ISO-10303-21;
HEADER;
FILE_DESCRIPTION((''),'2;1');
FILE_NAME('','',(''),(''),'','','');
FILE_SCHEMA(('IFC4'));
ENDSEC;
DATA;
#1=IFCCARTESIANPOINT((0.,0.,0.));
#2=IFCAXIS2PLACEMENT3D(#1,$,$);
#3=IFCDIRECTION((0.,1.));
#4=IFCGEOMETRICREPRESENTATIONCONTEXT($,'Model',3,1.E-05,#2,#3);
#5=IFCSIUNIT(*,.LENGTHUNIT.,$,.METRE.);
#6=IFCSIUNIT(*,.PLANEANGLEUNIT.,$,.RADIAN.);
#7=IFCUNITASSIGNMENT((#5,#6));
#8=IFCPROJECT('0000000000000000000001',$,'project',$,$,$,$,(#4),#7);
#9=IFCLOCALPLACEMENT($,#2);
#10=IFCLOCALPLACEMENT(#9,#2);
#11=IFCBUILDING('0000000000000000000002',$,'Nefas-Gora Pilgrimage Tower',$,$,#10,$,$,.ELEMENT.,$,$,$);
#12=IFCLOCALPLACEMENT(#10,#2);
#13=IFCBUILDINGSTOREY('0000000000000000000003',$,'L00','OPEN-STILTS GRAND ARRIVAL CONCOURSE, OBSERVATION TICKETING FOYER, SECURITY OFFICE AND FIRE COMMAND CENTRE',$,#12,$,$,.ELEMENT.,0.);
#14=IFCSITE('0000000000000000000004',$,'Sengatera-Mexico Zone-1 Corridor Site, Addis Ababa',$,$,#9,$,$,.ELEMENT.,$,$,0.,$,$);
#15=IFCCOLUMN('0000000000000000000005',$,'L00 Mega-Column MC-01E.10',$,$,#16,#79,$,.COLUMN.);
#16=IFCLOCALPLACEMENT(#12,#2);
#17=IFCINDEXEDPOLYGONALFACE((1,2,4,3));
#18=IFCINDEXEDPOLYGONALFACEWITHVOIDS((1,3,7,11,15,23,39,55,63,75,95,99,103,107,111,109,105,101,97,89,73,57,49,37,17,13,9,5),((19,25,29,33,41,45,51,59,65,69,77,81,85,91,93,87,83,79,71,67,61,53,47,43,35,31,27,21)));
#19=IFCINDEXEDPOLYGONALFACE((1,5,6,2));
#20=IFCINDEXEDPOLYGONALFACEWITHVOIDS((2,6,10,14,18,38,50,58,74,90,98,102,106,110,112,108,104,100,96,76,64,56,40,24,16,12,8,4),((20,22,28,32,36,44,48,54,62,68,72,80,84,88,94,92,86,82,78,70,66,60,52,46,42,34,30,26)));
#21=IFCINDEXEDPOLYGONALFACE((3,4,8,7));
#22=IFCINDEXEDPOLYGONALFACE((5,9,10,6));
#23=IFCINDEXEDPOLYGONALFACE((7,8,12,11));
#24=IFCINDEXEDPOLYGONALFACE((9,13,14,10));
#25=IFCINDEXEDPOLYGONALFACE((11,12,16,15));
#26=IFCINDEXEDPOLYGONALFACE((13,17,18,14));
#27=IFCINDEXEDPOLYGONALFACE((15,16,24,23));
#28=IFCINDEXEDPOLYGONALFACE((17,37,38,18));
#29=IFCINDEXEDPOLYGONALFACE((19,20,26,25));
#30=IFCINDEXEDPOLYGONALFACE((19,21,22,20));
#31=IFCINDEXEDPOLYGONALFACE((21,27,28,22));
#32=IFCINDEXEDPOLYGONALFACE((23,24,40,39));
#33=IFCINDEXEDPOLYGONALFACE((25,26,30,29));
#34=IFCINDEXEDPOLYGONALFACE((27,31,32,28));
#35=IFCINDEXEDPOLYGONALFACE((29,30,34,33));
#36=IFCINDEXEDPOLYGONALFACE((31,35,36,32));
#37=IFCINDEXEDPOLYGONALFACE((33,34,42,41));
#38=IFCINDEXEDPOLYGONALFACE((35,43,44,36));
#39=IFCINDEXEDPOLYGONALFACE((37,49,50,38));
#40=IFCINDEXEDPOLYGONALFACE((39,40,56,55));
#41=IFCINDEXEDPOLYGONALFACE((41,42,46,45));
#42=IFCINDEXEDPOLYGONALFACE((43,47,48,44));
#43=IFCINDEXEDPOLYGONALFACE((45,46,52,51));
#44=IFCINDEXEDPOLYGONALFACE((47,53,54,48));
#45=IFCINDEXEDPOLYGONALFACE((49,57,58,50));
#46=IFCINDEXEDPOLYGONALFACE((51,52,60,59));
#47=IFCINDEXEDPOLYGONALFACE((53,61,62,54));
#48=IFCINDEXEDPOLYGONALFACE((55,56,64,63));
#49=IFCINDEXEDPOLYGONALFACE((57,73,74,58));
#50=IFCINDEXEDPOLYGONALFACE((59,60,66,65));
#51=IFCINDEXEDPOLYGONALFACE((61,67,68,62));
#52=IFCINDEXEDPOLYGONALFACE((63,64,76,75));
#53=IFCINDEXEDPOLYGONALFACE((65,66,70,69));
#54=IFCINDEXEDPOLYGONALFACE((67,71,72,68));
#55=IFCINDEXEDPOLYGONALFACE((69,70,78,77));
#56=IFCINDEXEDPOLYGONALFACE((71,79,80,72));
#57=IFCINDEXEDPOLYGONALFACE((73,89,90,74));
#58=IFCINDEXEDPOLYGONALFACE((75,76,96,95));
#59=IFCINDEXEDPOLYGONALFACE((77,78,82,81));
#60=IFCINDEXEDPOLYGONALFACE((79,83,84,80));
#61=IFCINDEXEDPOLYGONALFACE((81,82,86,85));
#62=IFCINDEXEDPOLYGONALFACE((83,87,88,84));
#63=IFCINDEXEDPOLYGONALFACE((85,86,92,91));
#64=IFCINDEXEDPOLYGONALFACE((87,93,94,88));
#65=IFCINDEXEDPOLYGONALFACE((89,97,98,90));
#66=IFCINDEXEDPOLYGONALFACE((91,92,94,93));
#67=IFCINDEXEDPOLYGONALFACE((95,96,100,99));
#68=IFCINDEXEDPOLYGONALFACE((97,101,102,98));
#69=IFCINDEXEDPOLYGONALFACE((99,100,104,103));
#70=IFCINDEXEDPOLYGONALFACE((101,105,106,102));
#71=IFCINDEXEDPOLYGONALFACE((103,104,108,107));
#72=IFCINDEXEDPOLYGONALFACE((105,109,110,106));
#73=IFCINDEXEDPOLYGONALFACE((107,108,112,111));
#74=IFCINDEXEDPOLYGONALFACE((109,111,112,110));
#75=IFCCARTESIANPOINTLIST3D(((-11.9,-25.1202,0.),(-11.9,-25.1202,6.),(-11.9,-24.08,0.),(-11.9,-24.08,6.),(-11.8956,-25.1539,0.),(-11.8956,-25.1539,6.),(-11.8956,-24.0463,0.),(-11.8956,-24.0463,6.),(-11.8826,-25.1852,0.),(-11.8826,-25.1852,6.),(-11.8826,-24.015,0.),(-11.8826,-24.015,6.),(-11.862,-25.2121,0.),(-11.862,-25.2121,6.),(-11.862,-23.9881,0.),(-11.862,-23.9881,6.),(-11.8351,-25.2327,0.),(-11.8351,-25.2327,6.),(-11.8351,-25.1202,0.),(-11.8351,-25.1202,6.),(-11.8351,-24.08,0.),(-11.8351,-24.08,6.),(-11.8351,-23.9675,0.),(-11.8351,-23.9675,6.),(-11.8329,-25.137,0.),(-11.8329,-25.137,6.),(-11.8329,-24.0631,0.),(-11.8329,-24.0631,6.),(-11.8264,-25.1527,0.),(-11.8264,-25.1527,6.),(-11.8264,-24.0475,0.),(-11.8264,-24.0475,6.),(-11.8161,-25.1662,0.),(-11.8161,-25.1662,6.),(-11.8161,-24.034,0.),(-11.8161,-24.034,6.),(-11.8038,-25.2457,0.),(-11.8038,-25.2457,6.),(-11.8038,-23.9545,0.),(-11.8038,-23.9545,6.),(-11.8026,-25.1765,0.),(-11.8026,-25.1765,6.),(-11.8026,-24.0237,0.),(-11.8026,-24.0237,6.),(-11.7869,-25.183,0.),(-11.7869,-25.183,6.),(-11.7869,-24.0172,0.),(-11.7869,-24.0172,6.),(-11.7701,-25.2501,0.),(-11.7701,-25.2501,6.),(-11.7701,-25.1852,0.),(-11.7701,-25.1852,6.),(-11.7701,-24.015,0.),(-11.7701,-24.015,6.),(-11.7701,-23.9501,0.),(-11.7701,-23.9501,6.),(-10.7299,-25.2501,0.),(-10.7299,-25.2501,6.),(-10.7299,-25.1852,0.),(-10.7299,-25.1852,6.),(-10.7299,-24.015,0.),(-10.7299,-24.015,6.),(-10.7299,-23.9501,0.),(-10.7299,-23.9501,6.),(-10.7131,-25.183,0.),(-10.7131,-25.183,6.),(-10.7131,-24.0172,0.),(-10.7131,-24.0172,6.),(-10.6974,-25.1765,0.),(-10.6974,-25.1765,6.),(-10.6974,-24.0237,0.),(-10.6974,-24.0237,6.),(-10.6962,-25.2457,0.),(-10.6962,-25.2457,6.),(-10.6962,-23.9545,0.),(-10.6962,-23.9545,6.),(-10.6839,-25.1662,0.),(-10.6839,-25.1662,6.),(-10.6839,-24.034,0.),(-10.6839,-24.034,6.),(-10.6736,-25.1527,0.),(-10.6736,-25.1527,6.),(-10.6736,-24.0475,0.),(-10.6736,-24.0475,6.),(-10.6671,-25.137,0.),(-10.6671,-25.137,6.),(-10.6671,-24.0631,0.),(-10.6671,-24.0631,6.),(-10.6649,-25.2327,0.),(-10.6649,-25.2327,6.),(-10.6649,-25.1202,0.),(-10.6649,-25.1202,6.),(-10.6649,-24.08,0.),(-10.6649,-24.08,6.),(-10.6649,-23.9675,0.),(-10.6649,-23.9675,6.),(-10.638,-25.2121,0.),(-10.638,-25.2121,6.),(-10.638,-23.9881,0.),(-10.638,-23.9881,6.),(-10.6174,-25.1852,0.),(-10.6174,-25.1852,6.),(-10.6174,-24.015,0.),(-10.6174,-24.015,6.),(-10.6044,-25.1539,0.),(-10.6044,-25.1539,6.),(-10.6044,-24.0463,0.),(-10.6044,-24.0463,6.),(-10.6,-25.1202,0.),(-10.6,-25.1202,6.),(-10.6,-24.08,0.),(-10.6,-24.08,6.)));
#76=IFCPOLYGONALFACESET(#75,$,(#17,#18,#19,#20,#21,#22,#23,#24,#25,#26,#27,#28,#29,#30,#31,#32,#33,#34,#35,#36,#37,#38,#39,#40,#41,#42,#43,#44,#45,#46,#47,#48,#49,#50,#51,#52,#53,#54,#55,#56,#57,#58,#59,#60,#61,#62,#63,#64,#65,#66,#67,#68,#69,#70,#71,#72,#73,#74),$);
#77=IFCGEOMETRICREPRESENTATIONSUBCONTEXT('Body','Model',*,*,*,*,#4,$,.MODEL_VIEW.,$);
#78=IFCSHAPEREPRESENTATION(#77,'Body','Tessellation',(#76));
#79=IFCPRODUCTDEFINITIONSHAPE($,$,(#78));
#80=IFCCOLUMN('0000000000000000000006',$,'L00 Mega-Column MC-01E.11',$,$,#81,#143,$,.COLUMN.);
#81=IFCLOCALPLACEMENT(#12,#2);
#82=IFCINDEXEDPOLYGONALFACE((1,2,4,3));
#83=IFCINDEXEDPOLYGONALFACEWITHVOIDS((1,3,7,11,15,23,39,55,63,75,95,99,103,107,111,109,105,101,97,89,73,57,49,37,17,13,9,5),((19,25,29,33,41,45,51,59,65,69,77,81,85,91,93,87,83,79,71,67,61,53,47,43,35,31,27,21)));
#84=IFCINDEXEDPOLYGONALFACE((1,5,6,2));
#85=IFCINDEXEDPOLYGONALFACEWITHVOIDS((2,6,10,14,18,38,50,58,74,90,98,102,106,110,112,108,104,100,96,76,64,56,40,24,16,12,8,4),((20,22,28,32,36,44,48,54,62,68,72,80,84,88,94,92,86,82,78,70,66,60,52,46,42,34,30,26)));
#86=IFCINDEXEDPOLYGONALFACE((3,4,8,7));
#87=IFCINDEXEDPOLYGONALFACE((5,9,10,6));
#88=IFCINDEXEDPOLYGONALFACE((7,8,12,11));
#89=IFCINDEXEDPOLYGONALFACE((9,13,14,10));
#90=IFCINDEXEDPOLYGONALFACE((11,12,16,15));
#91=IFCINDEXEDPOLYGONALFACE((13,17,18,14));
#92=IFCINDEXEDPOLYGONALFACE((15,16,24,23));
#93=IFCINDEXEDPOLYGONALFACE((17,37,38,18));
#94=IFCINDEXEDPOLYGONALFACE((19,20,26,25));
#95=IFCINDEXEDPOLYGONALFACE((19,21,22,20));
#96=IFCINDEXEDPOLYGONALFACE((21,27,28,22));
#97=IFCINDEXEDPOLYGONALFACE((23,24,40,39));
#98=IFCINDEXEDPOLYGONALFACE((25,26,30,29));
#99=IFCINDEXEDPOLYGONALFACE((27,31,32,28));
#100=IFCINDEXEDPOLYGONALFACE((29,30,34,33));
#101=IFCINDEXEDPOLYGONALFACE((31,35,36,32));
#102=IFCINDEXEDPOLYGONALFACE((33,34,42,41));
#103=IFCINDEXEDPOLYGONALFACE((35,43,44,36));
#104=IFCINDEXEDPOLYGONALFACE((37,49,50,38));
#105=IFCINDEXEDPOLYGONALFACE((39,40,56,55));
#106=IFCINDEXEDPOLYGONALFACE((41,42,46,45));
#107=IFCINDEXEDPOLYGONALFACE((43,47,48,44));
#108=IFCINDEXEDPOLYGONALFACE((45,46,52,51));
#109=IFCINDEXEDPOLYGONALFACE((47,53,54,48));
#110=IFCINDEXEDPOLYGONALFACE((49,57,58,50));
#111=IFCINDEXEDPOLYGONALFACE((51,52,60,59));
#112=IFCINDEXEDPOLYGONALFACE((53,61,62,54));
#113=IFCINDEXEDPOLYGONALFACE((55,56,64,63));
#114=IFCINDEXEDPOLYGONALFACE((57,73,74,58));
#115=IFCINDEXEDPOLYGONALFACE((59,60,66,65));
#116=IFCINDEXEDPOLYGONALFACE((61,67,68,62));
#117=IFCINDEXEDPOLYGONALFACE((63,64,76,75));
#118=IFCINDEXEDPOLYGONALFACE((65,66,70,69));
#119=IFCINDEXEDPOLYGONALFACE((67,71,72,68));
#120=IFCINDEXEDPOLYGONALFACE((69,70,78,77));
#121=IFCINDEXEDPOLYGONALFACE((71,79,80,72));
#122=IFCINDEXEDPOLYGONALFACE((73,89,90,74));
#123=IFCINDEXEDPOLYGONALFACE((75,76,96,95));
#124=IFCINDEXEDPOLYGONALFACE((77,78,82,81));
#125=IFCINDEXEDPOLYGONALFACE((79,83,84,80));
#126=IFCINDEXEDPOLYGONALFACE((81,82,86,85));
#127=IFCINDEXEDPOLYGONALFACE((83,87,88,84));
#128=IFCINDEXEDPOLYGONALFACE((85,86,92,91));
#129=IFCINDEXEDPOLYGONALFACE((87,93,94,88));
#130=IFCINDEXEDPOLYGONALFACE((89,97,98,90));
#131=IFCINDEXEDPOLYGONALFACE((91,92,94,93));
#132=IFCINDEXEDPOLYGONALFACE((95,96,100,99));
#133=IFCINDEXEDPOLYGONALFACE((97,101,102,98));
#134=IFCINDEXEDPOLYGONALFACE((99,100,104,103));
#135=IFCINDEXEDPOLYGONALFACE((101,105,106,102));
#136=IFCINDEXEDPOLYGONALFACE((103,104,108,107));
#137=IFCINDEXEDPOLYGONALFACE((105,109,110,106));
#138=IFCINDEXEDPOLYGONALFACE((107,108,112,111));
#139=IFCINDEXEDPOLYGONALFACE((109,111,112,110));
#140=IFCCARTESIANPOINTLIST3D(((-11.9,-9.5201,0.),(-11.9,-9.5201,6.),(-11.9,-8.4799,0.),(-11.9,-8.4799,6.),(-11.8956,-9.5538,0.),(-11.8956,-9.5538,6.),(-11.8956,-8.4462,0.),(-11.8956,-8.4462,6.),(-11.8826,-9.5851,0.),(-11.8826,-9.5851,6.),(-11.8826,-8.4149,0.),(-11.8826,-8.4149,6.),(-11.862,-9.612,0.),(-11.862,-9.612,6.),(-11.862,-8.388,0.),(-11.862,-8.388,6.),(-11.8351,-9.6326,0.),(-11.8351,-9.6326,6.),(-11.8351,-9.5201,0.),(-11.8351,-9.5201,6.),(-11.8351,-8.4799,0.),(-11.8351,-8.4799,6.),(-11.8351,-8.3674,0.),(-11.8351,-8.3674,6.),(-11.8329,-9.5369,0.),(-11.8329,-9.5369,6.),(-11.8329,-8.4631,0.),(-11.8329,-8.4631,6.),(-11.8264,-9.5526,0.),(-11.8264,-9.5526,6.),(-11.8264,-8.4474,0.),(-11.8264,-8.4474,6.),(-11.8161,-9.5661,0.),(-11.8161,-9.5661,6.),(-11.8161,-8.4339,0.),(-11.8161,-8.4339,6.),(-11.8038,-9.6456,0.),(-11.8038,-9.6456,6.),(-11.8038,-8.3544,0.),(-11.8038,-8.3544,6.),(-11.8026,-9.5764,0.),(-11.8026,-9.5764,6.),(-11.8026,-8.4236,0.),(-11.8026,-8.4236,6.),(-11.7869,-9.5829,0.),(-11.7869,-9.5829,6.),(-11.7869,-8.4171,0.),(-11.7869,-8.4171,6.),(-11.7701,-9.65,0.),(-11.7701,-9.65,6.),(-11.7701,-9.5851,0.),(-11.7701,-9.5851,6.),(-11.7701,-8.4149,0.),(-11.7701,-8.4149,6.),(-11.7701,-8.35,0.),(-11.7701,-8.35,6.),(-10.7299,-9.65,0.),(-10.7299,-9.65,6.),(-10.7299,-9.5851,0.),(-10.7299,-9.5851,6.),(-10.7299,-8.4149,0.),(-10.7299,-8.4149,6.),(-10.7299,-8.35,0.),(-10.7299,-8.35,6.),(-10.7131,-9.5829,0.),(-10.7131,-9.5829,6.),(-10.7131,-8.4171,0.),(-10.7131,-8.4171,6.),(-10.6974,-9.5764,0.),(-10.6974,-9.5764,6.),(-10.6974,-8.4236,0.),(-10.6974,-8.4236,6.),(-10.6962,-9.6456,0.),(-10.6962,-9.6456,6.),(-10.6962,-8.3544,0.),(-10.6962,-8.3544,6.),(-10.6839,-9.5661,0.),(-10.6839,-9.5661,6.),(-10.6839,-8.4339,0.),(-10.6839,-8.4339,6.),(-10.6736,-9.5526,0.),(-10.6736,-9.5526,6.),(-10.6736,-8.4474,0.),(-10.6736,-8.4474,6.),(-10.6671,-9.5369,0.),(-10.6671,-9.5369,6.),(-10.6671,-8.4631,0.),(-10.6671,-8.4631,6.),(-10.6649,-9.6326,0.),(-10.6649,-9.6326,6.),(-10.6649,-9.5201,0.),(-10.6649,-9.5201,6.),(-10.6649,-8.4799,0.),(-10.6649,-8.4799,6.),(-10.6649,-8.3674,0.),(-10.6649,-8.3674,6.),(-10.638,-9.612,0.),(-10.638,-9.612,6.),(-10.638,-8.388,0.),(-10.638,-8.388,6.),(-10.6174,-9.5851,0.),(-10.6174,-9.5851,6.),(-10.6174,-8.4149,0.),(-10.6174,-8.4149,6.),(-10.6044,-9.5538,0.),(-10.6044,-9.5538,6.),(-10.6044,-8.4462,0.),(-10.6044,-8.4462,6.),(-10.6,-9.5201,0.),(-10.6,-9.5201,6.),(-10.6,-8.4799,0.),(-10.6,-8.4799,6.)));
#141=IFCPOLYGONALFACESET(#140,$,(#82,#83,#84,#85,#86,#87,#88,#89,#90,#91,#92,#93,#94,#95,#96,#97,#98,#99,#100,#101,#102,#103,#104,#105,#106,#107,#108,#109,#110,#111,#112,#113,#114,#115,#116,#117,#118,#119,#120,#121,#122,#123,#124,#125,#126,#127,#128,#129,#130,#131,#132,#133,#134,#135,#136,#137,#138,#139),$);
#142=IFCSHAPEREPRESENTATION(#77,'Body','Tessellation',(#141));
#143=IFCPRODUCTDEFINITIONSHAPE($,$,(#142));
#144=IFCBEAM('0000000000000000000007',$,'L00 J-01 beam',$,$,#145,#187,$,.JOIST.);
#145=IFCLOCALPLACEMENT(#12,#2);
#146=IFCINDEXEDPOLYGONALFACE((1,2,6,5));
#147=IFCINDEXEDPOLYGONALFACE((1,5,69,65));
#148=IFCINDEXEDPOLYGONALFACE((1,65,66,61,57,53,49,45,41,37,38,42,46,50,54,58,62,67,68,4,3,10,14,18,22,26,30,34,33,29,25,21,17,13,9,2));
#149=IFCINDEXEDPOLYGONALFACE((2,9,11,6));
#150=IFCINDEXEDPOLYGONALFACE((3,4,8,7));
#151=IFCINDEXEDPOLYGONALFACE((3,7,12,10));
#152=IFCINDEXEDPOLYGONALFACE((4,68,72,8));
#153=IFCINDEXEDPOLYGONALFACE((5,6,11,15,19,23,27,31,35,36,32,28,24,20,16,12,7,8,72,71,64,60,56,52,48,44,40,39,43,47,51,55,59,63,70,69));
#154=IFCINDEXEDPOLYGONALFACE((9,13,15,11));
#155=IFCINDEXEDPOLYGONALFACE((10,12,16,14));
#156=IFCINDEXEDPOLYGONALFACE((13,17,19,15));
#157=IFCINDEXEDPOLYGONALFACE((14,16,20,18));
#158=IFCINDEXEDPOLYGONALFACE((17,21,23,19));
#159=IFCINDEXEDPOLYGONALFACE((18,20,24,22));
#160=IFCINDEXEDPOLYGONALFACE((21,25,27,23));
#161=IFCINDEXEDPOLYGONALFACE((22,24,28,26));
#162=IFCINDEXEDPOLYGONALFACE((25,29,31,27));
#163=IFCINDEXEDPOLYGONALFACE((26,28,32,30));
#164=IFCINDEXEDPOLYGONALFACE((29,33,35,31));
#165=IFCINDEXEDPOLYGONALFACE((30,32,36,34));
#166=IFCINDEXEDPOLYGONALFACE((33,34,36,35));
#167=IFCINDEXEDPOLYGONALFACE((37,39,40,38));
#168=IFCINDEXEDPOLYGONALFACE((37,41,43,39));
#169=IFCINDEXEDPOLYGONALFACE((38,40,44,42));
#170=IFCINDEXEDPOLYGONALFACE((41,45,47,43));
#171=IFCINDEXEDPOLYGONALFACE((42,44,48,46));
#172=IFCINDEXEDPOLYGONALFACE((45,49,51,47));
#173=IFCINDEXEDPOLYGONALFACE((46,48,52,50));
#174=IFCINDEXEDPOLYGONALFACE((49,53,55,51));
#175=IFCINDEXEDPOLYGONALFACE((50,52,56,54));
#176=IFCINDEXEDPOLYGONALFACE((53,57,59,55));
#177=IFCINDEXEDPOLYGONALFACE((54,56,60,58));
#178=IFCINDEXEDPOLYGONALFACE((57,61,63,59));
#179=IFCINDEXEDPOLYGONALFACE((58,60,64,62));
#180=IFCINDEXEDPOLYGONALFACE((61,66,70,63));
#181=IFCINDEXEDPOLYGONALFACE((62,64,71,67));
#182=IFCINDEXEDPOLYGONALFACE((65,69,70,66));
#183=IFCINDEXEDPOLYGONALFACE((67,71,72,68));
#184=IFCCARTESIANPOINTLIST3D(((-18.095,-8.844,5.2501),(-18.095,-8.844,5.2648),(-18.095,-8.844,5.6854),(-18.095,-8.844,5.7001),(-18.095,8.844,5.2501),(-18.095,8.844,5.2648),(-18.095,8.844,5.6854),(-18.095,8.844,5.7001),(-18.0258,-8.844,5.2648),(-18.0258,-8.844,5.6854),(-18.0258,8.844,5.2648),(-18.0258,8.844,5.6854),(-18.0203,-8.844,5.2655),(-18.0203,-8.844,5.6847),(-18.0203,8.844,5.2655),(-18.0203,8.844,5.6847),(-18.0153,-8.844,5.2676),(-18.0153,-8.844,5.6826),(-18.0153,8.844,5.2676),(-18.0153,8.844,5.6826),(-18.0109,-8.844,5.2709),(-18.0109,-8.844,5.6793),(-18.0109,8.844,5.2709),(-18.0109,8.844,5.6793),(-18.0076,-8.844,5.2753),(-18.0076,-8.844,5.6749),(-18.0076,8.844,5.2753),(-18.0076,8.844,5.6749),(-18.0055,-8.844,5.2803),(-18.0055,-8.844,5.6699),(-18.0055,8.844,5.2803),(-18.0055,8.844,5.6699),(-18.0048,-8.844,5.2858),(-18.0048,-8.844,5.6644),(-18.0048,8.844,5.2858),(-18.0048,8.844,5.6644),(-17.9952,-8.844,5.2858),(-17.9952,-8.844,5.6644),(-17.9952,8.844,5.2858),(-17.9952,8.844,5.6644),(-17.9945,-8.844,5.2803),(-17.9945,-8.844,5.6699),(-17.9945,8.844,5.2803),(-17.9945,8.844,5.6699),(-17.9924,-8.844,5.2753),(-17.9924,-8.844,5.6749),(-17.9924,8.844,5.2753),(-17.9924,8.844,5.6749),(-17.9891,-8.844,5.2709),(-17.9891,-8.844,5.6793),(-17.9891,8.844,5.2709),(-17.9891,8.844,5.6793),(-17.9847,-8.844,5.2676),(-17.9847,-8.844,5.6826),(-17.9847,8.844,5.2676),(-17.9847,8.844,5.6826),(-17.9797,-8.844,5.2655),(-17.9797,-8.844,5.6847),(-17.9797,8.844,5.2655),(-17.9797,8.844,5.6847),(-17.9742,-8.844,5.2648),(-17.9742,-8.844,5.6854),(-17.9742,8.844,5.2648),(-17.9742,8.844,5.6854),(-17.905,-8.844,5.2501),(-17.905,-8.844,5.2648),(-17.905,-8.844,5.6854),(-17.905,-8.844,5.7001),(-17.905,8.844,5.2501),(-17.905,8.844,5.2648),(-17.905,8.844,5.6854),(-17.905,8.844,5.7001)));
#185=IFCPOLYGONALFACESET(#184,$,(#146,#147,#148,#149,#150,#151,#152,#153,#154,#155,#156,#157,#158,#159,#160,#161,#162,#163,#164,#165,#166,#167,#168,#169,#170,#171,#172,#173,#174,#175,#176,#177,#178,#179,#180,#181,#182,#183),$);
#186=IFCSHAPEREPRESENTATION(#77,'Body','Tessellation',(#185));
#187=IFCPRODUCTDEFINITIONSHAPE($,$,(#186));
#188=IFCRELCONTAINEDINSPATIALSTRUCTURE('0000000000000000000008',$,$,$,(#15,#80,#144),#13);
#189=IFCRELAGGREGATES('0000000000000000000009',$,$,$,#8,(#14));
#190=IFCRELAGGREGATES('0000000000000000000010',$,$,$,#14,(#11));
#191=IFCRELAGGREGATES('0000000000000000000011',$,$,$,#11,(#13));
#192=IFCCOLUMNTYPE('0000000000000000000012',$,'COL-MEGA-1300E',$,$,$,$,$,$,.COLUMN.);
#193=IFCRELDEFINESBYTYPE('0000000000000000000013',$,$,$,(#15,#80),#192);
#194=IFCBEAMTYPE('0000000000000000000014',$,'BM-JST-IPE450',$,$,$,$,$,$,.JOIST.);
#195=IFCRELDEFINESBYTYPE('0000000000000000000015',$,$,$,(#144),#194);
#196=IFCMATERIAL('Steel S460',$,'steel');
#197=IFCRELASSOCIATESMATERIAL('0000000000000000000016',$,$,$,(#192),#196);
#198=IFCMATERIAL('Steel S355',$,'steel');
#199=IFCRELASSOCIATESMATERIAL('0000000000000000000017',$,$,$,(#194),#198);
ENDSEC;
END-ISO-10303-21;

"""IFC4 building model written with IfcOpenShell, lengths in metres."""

from ifc_helpers import new_model, si_unit, direction, frame, origin, origin_2d, place, context, subcontext, project, spatial, hollow_rectangle, i_section, extrude, source, transform, mapped, material, material_profile, profile_set, type_object, element, save


model = new_model("IFC4")

# Units and contexts
model_context = context("Model", 3, precision=1e-05, world=origin(), true_north=direction((0.0, 1.0)))
body_context = subcontext(model_context, "Body", "Model", "MODEL_VIEW")
ifc_project = project(units=[si_unit("LENGTHUNIT", "METRE"), si_unit("PLANEANGLEUNIT", "RADIAN")], contexts=[model_context])

# Site, building, storey
site_placement = place(None, origin())
site = spatial("IfcSite", under=ifc_project, at=site_placement, Name="Sengatera-Mexico Zone-1 Corridor Site, Addis Ababa", CompositionType="ELEMENT", RefElevation=0.0)
building_placement = place(site_placement, origin())
building = spatial("IfcBuilding", under=site, at=building_placement, Name="Nefas-Gora Pilgrimage Tower", CompositionType="ELEMENT")
storey_placement = place(building_placement, origin())
storey = spatial("IfcBuildingStorey", under=building, at=storey_placement, Name="L00", Description="OPEN-STILTS GRAND ARRIVAL CONCOURSE, OBSERVATION TICKETING FOYER, SECURITY OFFICE AND FIRE COMMAND CENTRE", CompositionType="ELEMENT", Elevation=0.0)

# Columns
ifc_material_1 = material(Name="Steel S355", Category="steel")
ifc_material_2 = material(Name="Steel S460", Category="steel")
ifc_material_profile_1 = material_profile(ifc_material_2, hollow_rectangle(XDim=1.3, YDim=1.3, WallThickness=0.0649, InnerFilletRadius=0.0649, OuterFilletRadius=0.1299, at=origin_2d()), Name="BOX 1300x1300x65")
ifc_profile_set_1 = profile_set([ifc_material_profile_1], Name="Steel S460")
column_type_1 = type_object("IfcColumnType", Name="COL-MEGA-1300E", PredefinedType="COLUMN", material=ifc_profile_set_1)
shared_shape_1 = source(origin(), body_context, "Body", "SweptSolid", [
    extrude(hollow_rectangle(XDim=1.3, YDim=1.3, WallThickness=0.0649, InnerFilletRadius=0.0649, OuterFilletRadius=0.1299, at=origin_2d()), origin(), (0.0, 0.0, 1.0), 6.0),
])
for number, where, z_axis, x_axis, name in (
    (1, (-11.25, -24.6001, 0.0), (0.0, 0.0, 1.0), (1.0, 0.0, 0.0), "L00 Mega-Column MC-01E.10"),
    (2, (-11.25, -9.0, 0.0), (0.0, 0.0, 1.0), (1.0, 0.0, 0.0), "L00 Mega-Column MC-01E.11"),
):
    element("IfcColumn", number, at=place(storey_placement, frame(where, z_axis=z_axis, x_axis=x_axis)), inside=storey, type_object=column_type_1, Name=name, PredefinedType="COLUMN", context=body_context, shape_type="MappedRepresentation", body=[
        mapped(shared_shape_1, transform((0.0, 0.0, 0.0), x_axis=(1.0, 0.0, 0.0), y_axis=(0.0, 1.0, 0.0), z_axis=(0.0, 0.0, 1.0), scale=1.0)),
    ])

# Beam
ifc_material_profile_2 = material_profile(ifc_material_1, i_section(OverallWidth=0.1899, OverallDepth=0.45, WebThickness=0.0095, FlangeThickness=0.0146, FilletRadius=0.021, at=origin_2d()), Name="IPE 450")
ifc_profile_set_2 = profile_set([ifc_material_profile_2], Name="Steel S355")
beam_type_1 = type_object("IfcBeamType", Name="BM-JST-IPE450", PredefinedType="JOIST", material=ifc_profile_set_2)
shared_shape_2 = source(origin(), body_context, "Body", "SweptSolid", [
    extrude(i_section(OverallWidth=0.1899, OverallDepth=0.45, WebThickness=0.0095, FlangeThickness=0.0146, FilletRadius=0.021, at=origin_2d()), origin(), (0.0, 0.0, 1.0), 17.688),
])
beam_1_placement = place(storey_placement, frame((-18.0, -8.844, 5.4751), z_axis=(0.0, 1.0, 0.0), x_axis=(-1.0, 0.0, 0.0)))
element("IfcBeam", 3, at=beam_1_placement, inside=storey, type_object=beam_type_1, Name="L00 J-01 beam", PredefinedType="JOIST", context=body_context, shape_type="MappedRepresentation", body=[
    mapped(shared_shape_2, transform((0.0, 0.0, 0.0), x_axis=(1.0, 0.0, 0.0), y_axis=(0.0, 1.0, 0.0), z_axis=(0.0, 0.0, 1.0), scale=1.0)),
])

save(model, "model.ifc")
